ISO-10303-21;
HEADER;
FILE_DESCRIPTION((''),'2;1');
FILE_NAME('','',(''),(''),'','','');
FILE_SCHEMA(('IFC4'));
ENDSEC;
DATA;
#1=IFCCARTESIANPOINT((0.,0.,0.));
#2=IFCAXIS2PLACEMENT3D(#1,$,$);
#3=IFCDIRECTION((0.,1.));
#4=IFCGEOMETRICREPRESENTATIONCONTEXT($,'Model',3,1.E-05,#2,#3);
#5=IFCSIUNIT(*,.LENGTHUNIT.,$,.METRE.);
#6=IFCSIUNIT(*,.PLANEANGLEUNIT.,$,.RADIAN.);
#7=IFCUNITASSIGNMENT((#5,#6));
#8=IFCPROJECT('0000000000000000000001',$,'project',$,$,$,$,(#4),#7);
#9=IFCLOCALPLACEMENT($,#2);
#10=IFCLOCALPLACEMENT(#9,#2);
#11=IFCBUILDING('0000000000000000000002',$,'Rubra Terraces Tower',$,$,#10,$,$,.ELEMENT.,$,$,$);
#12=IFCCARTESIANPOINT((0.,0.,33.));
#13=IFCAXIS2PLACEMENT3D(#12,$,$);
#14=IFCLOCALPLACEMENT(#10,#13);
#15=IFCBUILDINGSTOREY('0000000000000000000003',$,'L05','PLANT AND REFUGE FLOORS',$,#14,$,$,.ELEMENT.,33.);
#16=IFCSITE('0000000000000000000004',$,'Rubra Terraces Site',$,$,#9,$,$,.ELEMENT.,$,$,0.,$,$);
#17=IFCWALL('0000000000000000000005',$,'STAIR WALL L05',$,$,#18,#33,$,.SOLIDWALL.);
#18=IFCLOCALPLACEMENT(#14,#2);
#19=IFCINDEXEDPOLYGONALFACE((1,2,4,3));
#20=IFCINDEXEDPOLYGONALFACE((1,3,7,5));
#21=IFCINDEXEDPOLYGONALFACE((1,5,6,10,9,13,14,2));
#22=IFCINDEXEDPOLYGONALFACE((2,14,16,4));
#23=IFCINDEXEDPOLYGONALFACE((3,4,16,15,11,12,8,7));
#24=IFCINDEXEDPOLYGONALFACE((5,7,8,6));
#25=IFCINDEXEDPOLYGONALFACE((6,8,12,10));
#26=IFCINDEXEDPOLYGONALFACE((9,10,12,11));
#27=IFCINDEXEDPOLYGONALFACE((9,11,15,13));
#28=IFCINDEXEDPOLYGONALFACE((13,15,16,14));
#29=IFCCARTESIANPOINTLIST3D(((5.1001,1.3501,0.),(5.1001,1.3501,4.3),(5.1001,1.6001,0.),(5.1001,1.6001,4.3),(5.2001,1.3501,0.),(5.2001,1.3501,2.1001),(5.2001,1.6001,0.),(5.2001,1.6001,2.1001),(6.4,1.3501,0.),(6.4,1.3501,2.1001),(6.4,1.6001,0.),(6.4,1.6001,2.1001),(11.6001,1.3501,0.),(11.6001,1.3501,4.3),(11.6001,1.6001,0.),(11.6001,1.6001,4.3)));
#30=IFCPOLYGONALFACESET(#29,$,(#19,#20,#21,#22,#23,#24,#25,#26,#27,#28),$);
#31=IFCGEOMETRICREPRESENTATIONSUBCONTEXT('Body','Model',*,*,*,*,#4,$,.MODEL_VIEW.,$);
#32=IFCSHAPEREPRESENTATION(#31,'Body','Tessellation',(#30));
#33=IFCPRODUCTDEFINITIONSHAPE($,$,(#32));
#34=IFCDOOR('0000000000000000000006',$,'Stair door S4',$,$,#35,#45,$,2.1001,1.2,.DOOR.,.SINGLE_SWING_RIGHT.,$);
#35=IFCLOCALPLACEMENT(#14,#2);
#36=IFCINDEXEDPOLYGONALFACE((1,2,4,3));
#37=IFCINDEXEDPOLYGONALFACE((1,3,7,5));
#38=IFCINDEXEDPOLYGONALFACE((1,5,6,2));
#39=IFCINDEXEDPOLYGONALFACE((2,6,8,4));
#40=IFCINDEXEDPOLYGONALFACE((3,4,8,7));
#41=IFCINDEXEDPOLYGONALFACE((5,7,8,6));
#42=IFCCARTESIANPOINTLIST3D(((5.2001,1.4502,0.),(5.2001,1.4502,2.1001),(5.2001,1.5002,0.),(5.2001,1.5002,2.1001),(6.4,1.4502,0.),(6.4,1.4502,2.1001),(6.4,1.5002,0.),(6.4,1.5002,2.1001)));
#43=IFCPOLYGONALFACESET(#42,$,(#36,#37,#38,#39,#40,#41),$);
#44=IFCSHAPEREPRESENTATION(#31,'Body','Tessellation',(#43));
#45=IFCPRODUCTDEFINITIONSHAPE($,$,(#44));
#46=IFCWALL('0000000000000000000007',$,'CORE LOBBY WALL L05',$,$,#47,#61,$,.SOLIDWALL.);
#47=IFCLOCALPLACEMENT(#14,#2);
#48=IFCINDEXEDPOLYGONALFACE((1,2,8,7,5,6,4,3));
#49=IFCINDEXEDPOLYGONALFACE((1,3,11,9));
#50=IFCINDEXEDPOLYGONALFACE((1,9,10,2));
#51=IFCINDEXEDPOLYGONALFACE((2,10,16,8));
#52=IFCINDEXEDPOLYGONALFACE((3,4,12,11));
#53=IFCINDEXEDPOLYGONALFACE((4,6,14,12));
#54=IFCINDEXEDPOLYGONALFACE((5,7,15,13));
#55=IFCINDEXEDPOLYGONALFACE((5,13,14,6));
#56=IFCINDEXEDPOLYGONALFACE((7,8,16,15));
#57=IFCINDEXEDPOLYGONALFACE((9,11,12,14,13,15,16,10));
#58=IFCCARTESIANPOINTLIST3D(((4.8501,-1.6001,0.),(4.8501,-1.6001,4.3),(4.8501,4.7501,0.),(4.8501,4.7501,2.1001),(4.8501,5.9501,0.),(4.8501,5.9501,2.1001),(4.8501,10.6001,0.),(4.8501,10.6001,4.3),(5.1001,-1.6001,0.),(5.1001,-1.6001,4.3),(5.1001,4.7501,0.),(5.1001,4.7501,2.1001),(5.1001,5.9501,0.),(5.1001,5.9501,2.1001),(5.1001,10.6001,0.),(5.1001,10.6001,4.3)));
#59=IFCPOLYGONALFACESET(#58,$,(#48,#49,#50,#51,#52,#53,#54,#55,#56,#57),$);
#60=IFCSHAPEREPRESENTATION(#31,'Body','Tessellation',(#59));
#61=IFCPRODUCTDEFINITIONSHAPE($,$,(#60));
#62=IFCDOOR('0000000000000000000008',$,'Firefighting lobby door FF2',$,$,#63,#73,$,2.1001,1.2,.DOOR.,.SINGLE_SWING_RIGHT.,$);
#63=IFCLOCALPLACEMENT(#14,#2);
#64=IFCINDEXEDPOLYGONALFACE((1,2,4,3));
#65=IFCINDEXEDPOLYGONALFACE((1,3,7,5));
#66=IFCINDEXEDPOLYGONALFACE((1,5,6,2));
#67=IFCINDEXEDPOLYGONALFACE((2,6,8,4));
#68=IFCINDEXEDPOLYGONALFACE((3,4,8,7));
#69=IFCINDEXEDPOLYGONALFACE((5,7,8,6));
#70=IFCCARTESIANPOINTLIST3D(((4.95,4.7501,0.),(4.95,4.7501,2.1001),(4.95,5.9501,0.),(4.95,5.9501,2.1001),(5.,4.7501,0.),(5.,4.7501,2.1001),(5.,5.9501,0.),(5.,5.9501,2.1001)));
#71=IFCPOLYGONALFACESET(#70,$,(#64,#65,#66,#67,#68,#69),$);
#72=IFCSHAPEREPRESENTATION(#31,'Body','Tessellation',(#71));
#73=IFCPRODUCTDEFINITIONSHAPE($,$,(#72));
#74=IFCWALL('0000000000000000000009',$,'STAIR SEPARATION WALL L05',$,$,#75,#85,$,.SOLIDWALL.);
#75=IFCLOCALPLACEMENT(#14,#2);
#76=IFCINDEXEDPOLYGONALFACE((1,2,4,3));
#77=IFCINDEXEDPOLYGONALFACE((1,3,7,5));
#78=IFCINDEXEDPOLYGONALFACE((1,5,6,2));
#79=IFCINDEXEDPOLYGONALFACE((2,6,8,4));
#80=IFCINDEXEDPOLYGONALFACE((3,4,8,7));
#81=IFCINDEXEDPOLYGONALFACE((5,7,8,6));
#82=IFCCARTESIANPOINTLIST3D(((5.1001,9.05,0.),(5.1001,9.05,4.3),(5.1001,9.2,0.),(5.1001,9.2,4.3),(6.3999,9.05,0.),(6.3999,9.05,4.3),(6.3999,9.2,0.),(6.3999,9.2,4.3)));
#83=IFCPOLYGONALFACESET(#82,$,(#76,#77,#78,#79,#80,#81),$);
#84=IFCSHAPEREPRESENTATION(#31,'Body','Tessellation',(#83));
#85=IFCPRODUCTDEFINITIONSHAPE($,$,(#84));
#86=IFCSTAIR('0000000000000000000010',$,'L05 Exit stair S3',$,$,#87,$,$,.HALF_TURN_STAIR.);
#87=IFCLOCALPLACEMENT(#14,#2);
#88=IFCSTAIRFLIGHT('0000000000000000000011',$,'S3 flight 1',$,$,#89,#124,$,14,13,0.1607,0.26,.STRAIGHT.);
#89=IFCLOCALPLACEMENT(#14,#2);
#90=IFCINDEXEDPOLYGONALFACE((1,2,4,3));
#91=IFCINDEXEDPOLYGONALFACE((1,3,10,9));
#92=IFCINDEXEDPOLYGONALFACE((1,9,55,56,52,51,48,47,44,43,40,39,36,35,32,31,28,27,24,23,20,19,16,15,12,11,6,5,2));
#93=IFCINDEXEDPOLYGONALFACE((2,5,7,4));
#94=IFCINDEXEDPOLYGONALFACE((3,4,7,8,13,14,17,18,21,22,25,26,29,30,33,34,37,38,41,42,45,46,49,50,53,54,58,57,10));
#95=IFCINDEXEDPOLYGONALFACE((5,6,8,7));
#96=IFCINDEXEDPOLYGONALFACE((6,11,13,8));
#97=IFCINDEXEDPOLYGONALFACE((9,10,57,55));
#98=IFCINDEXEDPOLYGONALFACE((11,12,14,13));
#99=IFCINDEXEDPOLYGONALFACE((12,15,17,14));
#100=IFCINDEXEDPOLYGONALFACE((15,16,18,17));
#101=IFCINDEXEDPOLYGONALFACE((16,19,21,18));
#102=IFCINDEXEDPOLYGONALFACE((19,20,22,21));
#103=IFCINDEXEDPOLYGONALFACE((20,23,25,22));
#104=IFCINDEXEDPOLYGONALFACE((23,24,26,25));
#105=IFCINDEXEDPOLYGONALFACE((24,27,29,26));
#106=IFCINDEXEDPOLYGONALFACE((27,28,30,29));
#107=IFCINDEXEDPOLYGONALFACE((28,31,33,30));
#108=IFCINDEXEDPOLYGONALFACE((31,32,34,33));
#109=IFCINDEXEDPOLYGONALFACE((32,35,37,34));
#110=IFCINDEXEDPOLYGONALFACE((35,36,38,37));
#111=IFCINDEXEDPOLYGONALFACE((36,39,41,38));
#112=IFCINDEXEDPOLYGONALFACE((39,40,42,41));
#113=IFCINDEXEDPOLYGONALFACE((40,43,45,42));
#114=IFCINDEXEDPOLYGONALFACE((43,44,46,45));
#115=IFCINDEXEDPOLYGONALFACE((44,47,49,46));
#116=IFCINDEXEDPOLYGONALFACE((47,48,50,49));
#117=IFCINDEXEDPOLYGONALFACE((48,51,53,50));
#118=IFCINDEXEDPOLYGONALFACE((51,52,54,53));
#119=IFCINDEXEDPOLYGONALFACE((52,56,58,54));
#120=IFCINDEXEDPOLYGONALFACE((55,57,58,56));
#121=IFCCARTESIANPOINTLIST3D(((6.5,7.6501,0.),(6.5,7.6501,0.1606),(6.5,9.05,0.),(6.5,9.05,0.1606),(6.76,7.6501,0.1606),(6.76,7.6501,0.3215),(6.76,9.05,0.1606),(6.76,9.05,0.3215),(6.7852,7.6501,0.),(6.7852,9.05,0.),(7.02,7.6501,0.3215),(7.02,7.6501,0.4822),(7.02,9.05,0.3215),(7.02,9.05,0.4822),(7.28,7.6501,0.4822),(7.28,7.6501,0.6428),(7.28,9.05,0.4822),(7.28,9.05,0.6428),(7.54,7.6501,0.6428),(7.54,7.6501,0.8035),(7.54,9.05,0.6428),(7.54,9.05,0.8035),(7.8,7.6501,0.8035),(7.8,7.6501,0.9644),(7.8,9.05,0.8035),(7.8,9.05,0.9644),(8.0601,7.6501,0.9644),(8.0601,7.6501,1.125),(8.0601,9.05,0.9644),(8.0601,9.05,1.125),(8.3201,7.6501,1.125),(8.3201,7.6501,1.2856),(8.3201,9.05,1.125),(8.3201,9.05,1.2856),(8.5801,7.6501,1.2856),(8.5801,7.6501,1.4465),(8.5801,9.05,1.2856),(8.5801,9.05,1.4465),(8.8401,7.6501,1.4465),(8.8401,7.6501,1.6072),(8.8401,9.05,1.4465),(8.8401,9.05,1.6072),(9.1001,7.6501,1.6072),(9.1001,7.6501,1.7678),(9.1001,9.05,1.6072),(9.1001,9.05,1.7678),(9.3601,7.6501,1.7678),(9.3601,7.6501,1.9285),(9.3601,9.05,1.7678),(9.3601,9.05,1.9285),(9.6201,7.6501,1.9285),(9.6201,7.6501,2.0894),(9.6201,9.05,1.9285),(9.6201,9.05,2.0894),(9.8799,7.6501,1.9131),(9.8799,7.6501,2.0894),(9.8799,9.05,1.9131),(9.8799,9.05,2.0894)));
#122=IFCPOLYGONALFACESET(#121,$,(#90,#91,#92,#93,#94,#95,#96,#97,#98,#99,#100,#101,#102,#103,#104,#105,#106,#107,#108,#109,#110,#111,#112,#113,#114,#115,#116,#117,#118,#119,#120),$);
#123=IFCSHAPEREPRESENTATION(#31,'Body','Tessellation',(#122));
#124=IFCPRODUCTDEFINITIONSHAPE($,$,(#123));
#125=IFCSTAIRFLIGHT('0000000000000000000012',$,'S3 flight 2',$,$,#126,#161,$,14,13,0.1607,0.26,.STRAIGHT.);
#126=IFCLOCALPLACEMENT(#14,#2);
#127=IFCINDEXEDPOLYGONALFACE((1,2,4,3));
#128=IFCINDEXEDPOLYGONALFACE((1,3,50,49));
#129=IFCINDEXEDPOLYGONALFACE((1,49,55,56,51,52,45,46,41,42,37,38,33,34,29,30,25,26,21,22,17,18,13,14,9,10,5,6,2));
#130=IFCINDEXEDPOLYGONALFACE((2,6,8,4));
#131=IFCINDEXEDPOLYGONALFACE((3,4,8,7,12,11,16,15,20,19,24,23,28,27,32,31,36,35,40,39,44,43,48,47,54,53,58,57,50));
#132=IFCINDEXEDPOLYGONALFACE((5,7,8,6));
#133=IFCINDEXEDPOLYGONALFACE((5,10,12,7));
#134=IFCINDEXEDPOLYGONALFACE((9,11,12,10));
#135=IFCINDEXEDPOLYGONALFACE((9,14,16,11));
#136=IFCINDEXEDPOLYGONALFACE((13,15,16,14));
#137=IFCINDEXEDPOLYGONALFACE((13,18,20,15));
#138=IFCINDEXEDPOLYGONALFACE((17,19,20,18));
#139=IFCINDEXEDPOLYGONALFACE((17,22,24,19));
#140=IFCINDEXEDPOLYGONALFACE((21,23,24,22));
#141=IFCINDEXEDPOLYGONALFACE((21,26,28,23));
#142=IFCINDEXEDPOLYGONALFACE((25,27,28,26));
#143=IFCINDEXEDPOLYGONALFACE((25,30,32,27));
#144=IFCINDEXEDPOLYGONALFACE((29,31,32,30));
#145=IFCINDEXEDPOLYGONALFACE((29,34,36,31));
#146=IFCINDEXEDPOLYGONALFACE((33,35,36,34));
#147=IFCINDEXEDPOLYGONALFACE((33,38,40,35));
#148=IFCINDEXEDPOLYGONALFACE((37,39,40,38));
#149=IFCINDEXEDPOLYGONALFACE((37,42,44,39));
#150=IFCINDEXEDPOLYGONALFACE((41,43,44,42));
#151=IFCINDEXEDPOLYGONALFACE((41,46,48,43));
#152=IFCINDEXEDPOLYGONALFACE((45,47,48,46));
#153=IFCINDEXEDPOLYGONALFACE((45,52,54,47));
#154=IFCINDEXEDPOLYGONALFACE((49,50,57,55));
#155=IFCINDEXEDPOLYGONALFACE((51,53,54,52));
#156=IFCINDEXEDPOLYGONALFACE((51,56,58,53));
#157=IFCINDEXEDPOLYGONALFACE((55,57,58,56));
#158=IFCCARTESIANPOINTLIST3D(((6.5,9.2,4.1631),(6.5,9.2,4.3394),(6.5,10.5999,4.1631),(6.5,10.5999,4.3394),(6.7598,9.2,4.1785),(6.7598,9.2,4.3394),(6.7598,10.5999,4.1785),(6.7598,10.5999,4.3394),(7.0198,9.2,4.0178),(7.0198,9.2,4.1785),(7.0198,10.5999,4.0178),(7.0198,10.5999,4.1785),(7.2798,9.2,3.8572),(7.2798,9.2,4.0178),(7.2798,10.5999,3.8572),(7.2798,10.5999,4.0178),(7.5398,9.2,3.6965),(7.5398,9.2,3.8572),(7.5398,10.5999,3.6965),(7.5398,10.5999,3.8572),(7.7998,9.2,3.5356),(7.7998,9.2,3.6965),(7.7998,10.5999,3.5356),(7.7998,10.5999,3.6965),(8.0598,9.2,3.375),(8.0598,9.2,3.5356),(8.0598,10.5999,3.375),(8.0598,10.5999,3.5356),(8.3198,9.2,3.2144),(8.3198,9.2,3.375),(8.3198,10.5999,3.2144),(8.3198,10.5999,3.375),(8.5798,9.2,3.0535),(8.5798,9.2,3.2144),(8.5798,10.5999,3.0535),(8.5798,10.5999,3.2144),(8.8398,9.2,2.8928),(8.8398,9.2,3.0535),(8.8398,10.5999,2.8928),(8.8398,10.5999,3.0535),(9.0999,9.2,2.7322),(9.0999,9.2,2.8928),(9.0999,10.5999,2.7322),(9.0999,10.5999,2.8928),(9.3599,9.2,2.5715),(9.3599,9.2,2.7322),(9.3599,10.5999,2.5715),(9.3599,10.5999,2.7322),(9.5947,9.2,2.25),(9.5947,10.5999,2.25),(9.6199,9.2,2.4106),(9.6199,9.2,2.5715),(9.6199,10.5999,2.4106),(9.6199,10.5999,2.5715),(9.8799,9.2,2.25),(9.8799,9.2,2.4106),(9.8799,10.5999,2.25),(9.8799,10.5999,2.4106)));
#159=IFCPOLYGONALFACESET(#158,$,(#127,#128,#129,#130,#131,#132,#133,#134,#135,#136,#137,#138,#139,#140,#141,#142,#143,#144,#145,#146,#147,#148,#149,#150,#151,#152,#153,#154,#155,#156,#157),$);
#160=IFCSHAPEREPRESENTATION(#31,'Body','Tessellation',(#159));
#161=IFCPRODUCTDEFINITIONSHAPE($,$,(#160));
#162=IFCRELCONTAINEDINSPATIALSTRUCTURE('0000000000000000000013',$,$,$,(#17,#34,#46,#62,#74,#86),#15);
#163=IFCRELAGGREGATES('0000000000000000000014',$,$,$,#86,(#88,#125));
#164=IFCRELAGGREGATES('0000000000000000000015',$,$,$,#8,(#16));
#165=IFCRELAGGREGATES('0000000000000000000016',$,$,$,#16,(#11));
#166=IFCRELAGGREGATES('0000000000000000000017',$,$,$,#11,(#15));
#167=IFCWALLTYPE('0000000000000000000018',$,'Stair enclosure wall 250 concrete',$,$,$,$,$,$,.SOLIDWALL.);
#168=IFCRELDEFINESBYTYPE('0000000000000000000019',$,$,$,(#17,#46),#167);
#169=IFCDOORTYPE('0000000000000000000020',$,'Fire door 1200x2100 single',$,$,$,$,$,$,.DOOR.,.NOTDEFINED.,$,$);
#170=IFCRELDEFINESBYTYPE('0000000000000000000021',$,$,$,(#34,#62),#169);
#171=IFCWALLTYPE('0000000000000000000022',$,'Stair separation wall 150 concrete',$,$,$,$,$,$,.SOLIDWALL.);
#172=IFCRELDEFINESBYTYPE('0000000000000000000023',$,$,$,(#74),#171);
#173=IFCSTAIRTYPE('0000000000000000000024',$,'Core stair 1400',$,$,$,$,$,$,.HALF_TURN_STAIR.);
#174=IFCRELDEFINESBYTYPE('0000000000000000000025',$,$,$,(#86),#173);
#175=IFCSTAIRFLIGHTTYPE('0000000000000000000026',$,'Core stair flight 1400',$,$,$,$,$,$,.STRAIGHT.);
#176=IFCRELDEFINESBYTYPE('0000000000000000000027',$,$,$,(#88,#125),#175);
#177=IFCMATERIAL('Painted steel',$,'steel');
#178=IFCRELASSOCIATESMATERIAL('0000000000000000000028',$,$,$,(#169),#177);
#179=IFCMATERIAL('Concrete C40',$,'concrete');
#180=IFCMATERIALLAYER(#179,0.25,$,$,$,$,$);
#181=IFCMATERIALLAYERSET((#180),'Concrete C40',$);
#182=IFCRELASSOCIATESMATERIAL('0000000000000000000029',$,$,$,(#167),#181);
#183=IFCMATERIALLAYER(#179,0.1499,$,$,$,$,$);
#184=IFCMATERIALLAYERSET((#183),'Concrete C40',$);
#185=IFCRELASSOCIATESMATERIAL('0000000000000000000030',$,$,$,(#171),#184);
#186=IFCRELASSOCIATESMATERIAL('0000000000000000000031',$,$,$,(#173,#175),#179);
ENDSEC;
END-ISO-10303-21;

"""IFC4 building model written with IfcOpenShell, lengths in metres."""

from ifc_helpers import new_model, si_unit, direction, frame, frame_2d, origin, place, context, subcontext, project, spatial, polyline, rectangle, outline, extrude, material, layer, layer_set, type_object, element, fill, aggregate, save


model = new_model("IFC4")

# Units and contexts
model_context = context("Model", 3, precision=1e-05, world=origin(), true_north=direction((0.0, 1.0)))
body_context = subcontext(model_context, "Body", "Model", "MODEL_VIEW")
ifc_project = project(units=[si_unit("LENGTHUNIT", "METRE"), si_unit("PLANEANGLEUNIT", "RADIAN")], contexts=[model_context])

# Site, building, storey
site_placement = place(None, origin())
site = spatial("IfcSite", under=ifc_project, at=site_placement, Name="Rubra Terraces Site", CompositionType="ELEMENT", RefElevation=0.0)
building_placement = place(site_placement, origin())
building = spatial("IfcBuilding", under=site, at=building_placement, Name="Rubra Terraces Tower", CompositionType="ELEMENT")
storey_placement = place(building_placement, frame((0.0, 0.0, 33.0)))
storey = spatial("IfcBuildingStorey", under=building, at=storey_placement, Name="L05", Description="PLANT AND REFUGE FLOORS", CompositionType="ELEMENT", Elevation=33.0)

# Shared definitions
ifc_material_1 = material(Name="Painted steel", Category="steel")
door_type_1 = type_object("IfcDoorType", Name="Fire door 1200x2100 single", OperationType="NOTDEFINED", PredefinedType="DOOR", material=ifc_material_1)

# Walls, openings, doors
ifc_material_2 = material(Name="Concrete C40", Category="concrete")
ifc_layer_1 = layer(ifc_material_2, 0.25)
ifc_layer_set_1 = layer_set([ifc_layer_1], Name="Concrete C40")
wall_type_1 = type_object("IfcWallType", Name="Stair enclosure wall 250 concrete", PredefinedType="SOLIDWALL", material=ifc_layer_set_1)
wall_1_placement = place(storey_placement, frame((11.6001, 1.4751, 0.0), z_axis=(0.0, 0.0, 1.0), x_axis=(-1.0, 0.0, 0.0)))
wall_1 = element("IfcWall", 1, at=wall_1_placement, inside=storey, type_object=wall_type_1, Name="STAIR WALL L05", PredefinedType="SOLIDWALL", context=body_context, shape_type="SweptSolid", body=[
    extrude(rectangle(XDim=6.5, YDim=0.25, at=frame_2d((3.25, 0.0))), origin(), (0.0, 0.0, 1.0), 4.3),
])
opening_1_placement = place(wall_1_placement, frame((5.2, 0.0, 0.0)))
opening_1 = element("IfcOpeningElement", 2, at=opening_1_placement, cuts=wall_1, PredefinedType="OPENING", context=body_context, shape_type="SweptSolid", body=[
    extrude(rectangle(XDim=1.2, YDim=2.1001, at=frame_2d((0.6001, 1.05))), frame((0.0, 0.135, 0.0), z_axis=(0.0, -1.0, 0.0), x_axis=(1.0, 0.0, 0.0)), (0.0, 0.0, 1.0), 0.27),
])
door_1_placement = place(opening_1_placement, origin())
door_1 = element("IfcDoor", 3, at=door_1_placement, inside=storey, type_object=door_type_1, Name="Stair door S4", OperationType="SINGLE_SWING_RIGHT", OverallHeight=2.1001, OverallWidth=1.2, PredefinedType="DOOR", context=body_context, shape_type="SweptSolid", body=[
    extrude(rectangle(XDim=1.2, YDim=2.1001, at=frame_2d((0.6001, 1.05))), frame((0.0, 0.0249, 0.0), z_axis=(0.0, -1.0, 0.0), x_axis=(1.0, 0.0, 0.0)), (0.0, 0.0, 1.0), 0.05),
])
fill(opening_1, door_1)
wall_2_placement = place(storey_placement, frame((4.9751, 10.6001, 0.0), z_axis=(0.0, 0.0, 1.0), x_axis=(0.0, -1.0, 0.0)))
wall_2 = element("IfcWall", 4, at=wall_2_placement, inside=storey, type_object=wall_type_1, Name="CORE LOBBY WALL L05", PredefinedType="SOLIDWALL", context=body_context, shape_type="SweptSolid", body=[
    extrude(rectangle(XDim=12.2002, YDim=0.25, at=frame_2d((6.1001, 0.0))), origin(), (0.0, 0.0, 1.0), 4.3),
])
opening_2_placement = place(wall_2_placement, frame((4.6499, 0.0, 0.0)))
opening_2 = element("IfcOpeningElement", 5, at=opening_2_placement, cuts=wall_2, PredefinedType="OPENING", context=body_context, shape_type="SweptSolid", body=[
    extrude(rectangle(XDim=1.2, YDim=2.1001, at=frame_2d((0.6001, 1.05))), frame((0.0, 0.135, 0.0), z_axis=(0.0, -1.0, 0.0), x_axis=(1.0, 0.0, 0.0)), (0.0, 0.0, 1.0), 0.27),
])
door_2_placement = place(opening_2_placement, origin())
door_2 = element("IfcDoor", 6, at=door_2_placement, inside=storey, type_object=door_type_1, Name="Firefighting lobby door FF2", OperationType="SINGLE_SWING_RIGHT", OverallHeight=2.1001, OverallWidth=1.2, PredefinedType="DOOR", context=body_context, shape_type="SweptSolid", body=[
    extrude(rectangle(XDim=1.2, YDim=2.1001, at=frame_2d((0.6001, 1.05))), frame((0.0, 0.0249, 0.0), z_axis=(0.0, -1.0, 0.0), x_axis=(1.0, 0.0, 0.0)), (0.0, 0.0, 1.0), 0.05),
])
fill(opening_2, door_2)

# Wall
ifc_layer_2 = layer(ifc_material_2, 0.1499)
ifc_layer_set_2 = layer_set([ifc_layer_2], Name="Concrete C40")
wall_type_2 = type_object("IfcWallType", Name="Stair separation wall 150 concrete", PredefinedType="SOLIDWALL", material=ifc_layer_set_2)
wall_3_placement = place(storey_placement, frame((6.3999, 9.125, 0.0), z_axis=(0.0, 0.0, 1.0), x_axis=(-1.0, 0.0, 0.0)))
element("IfcWall", 7, at=wall_3_placement, inside=storey, type_object=wall_type_2, Name="STAIR SEPARATION WALL L05", PredefinedType="SOLIDWALL", context=body_context, shape_type="SweptSolid", body=[
    extrude(rectangle(XDim=1.2998, YDim=0.1499, at=frame_2d((0.6499, 0.0))), origin(), (0.0, 0.0, 1.0), 4.3),
])

# Stair, stair flights
stair_type = type_object("IfcStairType", Name="Core stair 1400", PredefinedType="HALF_TURN_STAIR", material=ifc_material_2)
stair_1_placement = place(storey_placement, origin())
stair_1 = element("IfcStair", 8, at=stair_1_placement, inside=storey, type_object=stair_type, Name="L05 Exit stair S3", PredefinedType="HALF_TURN_STAIR")
stair_flight_type = type_object("IfcStairFlightType", Name="Core stair flight 1400", PredefinedType="STRAIGHT", material=ifc_material_2)
stair_flight_1_placement = place(storey_placement, frame((6.5, 8.3501, 0.0), z_axis=(0.0, 0.0, 1.0), x_axis=(1.0, 0.0, 0.0)))
stair_flight_1 = element("IfcStairFlight", 9, at=stair_flight_1_placement, type_object=stair_flight_type, Name="S3 flight 1", NumberOfRisers=14, NumberOfTreads=13, PredefinedType="STRAIGHT", RiserHeight=0.1607, TreadLength=0.26, context=body_context, shape_type="SweptSolid", body=[
    extrude(outline(polyline([(0.0, 0.0), (0.0, 0.1606), (0.26, 0.1606), (0.26, 0.3215), (0.52, 0.3215), (0.52, 0.4822), (0.78, 0.4822), (0.78, 0.6428), (1.04, 0.6428), (1.04, 0.8035), (1.3, 0.8035), (1.3, 0.9644), (1.5601, 0.9644), (1.5601, 1.125), (1.8201, 1.125), (1.8201, 1.2856), (2.0801, 1.2856), (2.0801, 1.4465), (2.3401, 1.4465), (2.3401, 1.6072), (2.6001, 1.6072), (2.6001, 1.7678), (2.8601, 1.7678), (2.8601, 1.9285), (3.1201, 1.9285), (3.1201, 2.0894), (3.3799, 2.0894), (3.3799, 2.25), (3.3799, 1.9131), (0.2852, 0.0), (0.0, 0.0)])), frame((0.0, 0.7, 0.0), z_axis=(0.0, -1.0, 0.0), x_axis=(1.0, 0.0, 0.0)), (0.0, 0.0, 1.0), 1.3999),
])
stair_flight_2_placement = place(storey_placement, frame((9.8799, 9.8999, 2.25), z_axis=(0.0, 0.0, 1.0), x_axis=(-1.0, 0.0, 0.0)))
stair_flight_2 = element("IfcStairFlight", 10, at=stair_flight_2_placement, type_object=stair_flight_type, Name="S3 flight 2", NumberOfRisers=14, NumberOfTreads=13, PredefinedType="STRAIGHT", RiserHeight=0.1607, TreadLength=0.26, context=body_context, shape_type="SweptSolid", body=[
    extrude(outline(polyline([(0.0, 0.0), (0.0, 0.1606), (0.26, 0.1606), (0.26, 0.3215), (0.52, 0.3215), (0.52, 0.4822), (0.78, 0.4822), (0.78, 0.6428), (1.04, 0.6428), (1.04, 0.8035), (1.3, 0.8035), (1.3, 0.9644), (1.5601, 0.9644), (1.5601, 1.125), (1.8201, 1.125), (1.8201, 1.2856), (2.0801, 1.2856), (2.0801, 1.4465), (2.3401, 1.4465), (2.3401, 1.6072), (2.6001, 1.6072), (2.6001, 1.7678), (2.8601, 1.7678), (2.8601, 1.9285), (3.1201, 1.9285), (3.1201, 2.0894), (3.3799, 2.0894), (3.3799, 2.25), (3.3799, 1.9131), (0.2852, 0.0), (0.0, 0.0)])), frame((0.0, 0.7, 0.0), z_axis=(0.0, -1.0, 0.0), x_axis=(1.0, 0.0, 0.0)), (0.0, 0.0, 1.0), 1.3999),
])
aggregate(stair_1, [stair_flight_1, stair_flight_2])

save(model, "model.ifc")
